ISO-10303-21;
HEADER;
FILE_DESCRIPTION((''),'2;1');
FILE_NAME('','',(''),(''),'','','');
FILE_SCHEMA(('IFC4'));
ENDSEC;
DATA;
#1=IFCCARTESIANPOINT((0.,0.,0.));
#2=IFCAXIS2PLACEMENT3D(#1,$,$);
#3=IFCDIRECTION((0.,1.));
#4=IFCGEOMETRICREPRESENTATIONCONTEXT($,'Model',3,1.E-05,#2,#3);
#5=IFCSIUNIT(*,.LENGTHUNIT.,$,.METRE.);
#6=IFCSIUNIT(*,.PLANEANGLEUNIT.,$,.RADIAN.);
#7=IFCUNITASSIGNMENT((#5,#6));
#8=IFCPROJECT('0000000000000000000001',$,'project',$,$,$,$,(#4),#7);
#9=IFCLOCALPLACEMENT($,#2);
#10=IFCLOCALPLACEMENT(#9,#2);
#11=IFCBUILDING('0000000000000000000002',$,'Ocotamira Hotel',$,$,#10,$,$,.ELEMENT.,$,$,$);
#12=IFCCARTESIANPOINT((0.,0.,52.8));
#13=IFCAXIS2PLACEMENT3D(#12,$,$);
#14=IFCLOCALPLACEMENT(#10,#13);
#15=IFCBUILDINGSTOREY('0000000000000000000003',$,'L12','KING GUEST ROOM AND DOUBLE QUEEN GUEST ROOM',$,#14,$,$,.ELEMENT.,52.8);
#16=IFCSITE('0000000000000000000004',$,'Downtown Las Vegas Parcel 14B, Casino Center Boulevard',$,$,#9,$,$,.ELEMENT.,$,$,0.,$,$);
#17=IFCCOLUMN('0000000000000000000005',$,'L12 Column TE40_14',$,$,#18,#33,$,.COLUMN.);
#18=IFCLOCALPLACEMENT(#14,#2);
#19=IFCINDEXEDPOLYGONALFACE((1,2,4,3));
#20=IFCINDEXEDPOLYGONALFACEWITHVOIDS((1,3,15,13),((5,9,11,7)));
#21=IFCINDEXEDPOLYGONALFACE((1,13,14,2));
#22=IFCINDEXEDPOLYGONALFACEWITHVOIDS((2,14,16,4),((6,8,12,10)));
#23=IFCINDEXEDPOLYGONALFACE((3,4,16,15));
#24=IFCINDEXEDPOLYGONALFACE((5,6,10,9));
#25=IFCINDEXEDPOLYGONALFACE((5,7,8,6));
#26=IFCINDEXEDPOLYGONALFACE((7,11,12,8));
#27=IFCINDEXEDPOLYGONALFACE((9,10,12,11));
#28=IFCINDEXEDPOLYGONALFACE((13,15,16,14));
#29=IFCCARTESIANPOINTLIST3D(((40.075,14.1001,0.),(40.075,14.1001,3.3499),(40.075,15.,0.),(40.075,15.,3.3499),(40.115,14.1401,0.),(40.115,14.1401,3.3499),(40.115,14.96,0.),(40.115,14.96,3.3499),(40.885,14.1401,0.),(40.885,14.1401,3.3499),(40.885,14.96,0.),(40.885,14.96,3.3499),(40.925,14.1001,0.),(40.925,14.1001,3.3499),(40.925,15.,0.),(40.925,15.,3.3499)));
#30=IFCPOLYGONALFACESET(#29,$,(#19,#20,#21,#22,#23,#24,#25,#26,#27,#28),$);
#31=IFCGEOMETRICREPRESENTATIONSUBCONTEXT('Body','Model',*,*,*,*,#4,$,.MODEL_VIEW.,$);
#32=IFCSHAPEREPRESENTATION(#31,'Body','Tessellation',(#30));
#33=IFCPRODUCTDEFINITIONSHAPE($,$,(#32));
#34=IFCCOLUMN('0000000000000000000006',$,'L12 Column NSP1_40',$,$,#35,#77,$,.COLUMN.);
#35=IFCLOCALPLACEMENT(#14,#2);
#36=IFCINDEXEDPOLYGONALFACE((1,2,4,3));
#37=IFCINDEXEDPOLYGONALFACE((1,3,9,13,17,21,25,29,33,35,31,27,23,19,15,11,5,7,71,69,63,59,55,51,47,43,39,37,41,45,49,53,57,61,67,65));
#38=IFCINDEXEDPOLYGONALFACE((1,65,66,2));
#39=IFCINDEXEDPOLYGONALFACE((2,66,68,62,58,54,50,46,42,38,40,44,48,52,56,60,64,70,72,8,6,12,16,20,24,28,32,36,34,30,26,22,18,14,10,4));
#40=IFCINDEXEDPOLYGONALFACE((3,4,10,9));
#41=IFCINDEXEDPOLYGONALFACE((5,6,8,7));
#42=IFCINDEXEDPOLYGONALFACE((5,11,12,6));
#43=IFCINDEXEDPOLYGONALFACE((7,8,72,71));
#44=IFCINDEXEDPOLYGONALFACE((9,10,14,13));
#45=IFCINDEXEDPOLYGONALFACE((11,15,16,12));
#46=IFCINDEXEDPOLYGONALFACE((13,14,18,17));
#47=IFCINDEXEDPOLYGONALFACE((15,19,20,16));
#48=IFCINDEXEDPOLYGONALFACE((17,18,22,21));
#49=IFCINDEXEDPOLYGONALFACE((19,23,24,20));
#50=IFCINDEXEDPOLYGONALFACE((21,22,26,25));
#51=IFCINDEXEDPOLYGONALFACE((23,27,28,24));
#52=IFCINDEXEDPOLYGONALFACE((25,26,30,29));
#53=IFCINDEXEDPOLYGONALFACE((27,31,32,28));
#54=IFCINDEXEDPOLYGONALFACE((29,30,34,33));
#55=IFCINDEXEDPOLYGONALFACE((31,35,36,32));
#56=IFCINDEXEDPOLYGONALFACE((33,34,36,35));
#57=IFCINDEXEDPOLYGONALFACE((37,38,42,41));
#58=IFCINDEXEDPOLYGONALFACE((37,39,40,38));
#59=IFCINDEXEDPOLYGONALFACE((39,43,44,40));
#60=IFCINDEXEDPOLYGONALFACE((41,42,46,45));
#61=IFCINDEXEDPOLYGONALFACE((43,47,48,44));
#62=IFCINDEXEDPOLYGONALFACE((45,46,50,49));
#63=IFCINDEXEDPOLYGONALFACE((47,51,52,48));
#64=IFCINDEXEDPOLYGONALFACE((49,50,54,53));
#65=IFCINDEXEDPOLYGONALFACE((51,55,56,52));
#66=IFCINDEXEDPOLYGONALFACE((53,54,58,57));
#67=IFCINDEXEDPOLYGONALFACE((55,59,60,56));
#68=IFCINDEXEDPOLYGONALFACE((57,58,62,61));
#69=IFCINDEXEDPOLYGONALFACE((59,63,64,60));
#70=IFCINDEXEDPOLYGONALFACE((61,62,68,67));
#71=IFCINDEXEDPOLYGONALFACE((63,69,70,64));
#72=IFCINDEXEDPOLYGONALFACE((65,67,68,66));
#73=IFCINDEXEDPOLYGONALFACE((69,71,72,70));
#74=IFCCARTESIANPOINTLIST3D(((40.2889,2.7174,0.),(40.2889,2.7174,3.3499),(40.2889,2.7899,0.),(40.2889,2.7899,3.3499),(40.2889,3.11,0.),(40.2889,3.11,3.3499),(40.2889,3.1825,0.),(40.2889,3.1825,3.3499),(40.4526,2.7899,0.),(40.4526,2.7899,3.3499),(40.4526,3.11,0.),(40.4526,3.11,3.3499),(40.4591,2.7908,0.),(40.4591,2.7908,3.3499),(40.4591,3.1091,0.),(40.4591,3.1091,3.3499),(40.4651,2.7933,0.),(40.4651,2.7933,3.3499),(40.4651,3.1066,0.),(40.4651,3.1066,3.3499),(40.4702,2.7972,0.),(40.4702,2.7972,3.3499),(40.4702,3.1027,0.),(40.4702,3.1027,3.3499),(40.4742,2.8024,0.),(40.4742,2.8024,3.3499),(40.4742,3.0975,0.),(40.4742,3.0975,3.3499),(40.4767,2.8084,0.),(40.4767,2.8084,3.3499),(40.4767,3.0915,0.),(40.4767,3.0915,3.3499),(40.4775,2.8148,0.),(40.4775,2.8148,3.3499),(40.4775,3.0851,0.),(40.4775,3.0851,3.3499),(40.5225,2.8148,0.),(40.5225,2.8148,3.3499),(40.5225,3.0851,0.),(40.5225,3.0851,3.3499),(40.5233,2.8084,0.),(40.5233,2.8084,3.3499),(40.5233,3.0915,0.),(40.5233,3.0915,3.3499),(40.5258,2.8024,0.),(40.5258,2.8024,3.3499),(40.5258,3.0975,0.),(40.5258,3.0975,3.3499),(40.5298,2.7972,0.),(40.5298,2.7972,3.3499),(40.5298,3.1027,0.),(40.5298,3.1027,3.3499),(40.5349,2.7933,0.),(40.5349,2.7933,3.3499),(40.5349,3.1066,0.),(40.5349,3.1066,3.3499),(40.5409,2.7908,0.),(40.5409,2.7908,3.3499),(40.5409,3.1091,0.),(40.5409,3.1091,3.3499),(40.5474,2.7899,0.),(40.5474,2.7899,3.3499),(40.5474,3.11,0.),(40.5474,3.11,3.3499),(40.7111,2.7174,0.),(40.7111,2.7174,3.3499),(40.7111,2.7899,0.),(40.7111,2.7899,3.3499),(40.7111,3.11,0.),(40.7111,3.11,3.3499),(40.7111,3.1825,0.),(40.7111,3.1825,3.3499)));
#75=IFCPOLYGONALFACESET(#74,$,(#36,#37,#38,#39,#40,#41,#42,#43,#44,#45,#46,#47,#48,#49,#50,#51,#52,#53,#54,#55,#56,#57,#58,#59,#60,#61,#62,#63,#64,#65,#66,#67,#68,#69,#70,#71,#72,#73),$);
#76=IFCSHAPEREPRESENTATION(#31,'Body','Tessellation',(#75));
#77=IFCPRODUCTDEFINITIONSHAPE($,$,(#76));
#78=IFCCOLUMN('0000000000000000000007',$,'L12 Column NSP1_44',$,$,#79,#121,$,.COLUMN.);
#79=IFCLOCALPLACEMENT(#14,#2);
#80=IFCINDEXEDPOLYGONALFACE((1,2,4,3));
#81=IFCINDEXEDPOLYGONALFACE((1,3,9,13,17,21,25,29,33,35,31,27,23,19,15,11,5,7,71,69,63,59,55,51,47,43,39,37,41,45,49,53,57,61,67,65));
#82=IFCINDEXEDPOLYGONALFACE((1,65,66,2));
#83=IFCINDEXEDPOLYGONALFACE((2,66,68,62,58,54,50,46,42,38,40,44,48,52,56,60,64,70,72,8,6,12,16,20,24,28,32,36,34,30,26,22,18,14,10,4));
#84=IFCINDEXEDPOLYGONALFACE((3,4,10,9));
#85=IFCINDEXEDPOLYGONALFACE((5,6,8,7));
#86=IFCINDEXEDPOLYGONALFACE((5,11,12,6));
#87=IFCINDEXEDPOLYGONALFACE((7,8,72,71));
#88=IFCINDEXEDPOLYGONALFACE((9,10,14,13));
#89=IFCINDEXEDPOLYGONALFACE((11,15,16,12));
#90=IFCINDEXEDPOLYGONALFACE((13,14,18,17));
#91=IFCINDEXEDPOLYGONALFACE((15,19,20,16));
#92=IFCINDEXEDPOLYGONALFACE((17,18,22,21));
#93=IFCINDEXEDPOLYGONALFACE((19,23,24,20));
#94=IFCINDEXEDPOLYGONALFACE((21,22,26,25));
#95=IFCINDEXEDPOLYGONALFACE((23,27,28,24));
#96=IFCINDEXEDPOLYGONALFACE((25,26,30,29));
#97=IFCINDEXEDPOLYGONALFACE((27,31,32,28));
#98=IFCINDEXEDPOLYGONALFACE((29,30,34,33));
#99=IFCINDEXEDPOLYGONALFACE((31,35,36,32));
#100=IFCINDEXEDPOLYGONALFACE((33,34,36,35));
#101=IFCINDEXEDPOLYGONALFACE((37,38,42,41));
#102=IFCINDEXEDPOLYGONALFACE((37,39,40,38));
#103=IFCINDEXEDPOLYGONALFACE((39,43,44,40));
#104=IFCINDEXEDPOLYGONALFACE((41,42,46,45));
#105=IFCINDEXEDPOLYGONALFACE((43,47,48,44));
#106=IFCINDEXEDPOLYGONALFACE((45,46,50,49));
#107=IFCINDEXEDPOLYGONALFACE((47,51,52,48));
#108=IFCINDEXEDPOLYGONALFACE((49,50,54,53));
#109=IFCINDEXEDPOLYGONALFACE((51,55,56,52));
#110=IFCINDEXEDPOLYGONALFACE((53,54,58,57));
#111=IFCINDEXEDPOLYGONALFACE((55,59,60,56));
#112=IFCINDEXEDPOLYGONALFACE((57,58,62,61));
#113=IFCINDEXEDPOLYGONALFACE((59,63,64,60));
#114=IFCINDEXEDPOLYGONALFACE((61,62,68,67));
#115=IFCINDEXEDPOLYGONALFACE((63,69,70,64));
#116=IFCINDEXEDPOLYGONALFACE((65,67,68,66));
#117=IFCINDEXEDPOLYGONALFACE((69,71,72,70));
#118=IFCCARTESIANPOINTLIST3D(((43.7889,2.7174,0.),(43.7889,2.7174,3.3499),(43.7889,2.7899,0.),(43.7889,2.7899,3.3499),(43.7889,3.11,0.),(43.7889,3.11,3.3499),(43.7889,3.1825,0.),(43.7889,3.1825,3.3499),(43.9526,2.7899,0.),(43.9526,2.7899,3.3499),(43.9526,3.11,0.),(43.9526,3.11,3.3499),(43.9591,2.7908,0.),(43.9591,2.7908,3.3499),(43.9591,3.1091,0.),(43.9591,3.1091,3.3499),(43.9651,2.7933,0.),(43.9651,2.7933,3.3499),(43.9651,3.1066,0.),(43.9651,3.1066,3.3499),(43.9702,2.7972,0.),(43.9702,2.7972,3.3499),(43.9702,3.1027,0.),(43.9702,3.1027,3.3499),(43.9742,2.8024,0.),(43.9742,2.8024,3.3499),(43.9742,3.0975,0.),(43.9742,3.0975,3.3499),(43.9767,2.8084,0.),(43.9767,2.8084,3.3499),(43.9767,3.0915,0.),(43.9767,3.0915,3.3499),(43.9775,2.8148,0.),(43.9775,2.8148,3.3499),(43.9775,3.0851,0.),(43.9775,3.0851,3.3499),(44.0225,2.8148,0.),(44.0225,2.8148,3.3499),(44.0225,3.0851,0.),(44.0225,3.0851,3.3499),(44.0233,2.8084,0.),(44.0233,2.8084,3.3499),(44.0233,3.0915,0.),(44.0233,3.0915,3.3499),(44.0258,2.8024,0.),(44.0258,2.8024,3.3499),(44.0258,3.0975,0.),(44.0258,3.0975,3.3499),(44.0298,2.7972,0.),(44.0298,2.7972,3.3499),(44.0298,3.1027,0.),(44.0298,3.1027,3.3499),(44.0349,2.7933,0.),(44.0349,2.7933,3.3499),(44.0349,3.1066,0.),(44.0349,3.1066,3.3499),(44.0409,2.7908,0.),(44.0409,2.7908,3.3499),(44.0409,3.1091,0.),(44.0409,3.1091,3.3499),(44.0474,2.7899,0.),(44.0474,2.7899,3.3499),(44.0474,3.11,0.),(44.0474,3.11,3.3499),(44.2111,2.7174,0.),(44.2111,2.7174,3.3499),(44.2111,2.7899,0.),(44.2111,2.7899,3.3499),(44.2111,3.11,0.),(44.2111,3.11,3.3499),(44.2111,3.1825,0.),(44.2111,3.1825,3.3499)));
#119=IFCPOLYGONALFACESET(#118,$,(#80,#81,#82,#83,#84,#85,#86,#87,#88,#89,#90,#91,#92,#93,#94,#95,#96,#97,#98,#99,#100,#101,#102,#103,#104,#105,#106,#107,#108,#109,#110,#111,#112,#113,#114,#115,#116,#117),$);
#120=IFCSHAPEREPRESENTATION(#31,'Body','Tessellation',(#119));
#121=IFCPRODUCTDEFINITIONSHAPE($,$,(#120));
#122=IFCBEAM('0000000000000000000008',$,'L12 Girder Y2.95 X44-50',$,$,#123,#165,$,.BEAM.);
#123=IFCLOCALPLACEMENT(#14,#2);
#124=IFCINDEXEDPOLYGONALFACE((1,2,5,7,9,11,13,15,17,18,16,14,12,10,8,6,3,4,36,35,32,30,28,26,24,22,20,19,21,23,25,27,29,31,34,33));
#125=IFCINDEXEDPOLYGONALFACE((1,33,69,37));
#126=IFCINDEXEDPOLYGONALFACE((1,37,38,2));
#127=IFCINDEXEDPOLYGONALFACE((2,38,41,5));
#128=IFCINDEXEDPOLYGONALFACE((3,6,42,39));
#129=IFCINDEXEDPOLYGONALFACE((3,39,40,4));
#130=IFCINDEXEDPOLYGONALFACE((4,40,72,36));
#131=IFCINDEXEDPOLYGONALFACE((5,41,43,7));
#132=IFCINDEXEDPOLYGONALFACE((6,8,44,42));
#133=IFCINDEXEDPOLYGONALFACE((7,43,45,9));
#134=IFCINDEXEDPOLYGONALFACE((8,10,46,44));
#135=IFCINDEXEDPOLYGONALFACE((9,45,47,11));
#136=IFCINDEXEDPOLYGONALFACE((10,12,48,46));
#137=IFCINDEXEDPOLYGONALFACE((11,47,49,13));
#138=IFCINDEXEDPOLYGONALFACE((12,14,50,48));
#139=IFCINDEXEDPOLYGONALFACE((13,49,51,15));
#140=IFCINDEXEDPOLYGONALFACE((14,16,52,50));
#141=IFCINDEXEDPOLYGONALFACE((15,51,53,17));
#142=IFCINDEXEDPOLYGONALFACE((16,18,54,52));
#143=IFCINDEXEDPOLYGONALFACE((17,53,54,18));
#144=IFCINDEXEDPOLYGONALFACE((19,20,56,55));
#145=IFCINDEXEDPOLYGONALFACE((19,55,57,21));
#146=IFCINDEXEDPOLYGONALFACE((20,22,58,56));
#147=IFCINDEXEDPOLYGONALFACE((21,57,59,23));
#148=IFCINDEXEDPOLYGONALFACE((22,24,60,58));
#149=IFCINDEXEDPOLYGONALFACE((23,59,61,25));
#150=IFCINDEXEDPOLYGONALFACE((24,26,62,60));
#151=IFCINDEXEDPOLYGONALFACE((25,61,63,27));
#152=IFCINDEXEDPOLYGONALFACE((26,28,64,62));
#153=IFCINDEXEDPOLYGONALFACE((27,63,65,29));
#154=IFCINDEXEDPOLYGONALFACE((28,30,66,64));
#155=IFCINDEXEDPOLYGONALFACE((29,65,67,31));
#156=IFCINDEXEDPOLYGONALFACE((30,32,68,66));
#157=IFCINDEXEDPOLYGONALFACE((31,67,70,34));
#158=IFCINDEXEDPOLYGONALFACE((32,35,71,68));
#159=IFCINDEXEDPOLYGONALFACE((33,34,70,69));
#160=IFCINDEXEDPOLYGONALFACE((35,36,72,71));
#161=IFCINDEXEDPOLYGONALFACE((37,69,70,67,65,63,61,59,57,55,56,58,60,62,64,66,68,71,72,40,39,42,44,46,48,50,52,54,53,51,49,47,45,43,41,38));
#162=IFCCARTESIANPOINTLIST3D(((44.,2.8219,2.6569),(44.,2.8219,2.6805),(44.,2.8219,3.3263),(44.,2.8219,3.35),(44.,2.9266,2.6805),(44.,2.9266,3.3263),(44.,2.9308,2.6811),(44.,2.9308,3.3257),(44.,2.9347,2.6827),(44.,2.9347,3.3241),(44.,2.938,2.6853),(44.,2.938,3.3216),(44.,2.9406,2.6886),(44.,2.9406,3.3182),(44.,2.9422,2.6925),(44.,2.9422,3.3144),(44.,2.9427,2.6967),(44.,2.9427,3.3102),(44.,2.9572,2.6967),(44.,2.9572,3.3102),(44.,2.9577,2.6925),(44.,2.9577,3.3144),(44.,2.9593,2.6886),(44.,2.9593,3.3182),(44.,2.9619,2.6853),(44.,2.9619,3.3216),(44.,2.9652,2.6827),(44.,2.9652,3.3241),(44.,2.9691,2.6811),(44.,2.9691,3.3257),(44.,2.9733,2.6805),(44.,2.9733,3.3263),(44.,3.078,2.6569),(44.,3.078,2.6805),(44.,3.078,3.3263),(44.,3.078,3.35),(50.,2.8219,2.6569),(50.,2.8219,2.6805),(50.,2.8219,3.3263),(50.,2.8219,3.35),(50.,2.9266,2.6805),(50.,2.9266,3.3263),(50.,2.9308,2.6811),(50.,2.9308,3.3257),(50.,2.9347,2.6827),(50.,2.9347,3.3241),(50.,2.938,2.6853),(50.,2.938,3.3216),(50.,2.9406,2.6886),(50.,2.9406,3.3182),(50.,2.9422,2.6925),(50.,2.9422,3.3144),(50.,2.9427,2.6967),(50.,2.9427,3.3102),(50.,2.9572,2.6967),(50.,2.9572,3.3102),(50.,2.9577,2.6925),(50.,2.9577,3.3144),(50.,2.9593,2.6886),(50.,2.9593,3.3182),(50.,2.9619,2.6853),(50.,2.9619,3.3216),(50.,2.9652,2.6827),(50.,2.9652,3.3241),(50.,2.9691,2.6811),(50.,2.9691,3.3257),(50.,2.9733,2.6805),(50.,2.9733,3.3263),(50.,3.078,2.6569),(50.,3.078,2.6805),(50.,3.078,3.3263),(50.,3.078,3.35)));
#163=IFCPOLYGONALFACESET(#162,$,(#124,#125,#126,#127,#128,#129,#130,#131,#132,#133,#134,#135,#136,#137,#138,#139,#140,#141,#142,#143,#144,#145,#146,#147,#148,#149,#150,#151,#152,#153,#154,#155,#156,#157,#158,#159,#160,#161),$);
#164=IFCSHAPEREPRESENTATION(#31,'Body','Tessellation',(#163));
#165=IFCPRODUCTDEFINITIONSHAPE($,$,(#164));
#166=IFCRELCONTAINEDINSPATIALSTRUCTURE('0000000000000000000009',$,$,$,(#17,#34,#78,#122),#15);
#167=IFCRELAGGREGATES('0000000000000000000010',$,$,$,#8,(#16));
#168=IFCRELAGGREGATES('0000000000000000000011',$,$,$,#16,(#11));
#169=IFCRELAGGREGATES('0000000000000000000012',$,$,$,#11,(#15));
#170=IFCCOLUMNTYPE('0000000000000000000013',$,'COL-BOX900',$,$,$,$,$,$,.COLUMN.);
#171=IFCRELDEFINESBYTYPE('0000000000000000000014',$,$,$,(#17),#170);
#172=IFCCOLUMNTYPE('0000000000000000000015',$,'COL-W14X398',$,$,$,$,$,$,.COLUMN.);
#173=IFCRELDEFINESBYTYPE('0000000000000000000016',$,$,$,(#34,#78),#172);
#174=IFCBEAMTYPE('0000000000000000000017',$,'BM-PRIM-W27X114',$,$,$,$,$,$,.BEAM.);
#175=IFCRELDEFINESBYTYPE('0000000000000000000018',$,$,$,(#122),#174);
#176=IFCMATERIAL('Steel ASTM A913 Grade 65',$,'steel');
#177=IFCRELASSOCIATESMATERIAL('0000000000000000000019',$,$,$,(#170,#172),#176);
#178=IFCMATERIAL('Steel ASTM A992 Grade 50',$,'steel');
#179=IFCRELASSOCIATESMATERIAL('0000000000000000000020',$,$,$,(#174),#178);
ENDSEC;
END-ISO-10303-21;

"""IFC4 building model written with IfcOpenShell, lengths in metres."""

from ifc_helpers import new_model, si_unit, direction, frame, origin, origin_2d, place, context, subcontext, project, spatial, hollow_rectangle, i_section, extrude, source, transform, mapped, material, material_profile, profile_set, type_object, element, save


model = new_model("IFC4")

# Units and contexts
model_context = context("Model", 3, precision=1e-05, world=origin(), true_north=direction((0.0, 1.0)))
body_context = subcontext(model_context, "Body", "Model", "MODEL_VIEW")
ifc_project = project(units=[si_unit("LENGTHUNIT", "METRE"), si_unit("PLANEANGLEUNIT", "RADIAN")], contexts=[model_context])

# Site, building, storey
site_placement = place(None, origin())
site = spatial("IfcSite", under=ifc_project, at=site_placement, Name="Downtown Las Vegas Parcel 14B, Casino Center Boulevard", CompositionType="ELEMENT", RefElevation=0.0)
building_placement = place(site_placement, origin())
building = spatial("IfcBuilding", under=site, at=building_placement, Name="Ocotamira Hotel", CompositionType="ELEMENT")
storey_placement = place(building_placement, frame((0.0, 0.0, 52.8)))
storey = spatial("IfcBuildingStorey", under=building, at=storey_placement, Name="L12", Description="KING GUEST ROOM AND DOUBLE QUEEN GUEST ROOM", CompositionType="ELEMENT", Elevation=52.8)

# Columns
ifc_material_1 = material(Name="Steel ASTM A913 Grade 65", Category="steel")
ifc_material_profile_1 = material_profile(ifc_material_1, hollow_rectangle(XDim=0.8501, YDim=0.8999, WallThickness=0.04, at=origin_2d()), Name="BOX900X850X40")
ifc_profile_set_1 = profile_set([ifc_material_profile_1], Name="Steel ASTM A913 Grade 65")
column_type_1 = type_object("IfcColumnType", Name="COL-BOX900", PredefinedType="COLUMN", material=ifc_profile_set_1)
shared_shape_1 = source(origin(), body_context, "Body", "SweptSolid", [
    extrude(hollow_rectangle(XDim=0.8501, YDim=0.8999, WallThickness=0.04, at=origin_2d()), origin(), (0.0, 0.0, 1.0), 3.3499),
])
column_placement = place(storey_placement, frame((40.5, 14.55, 0.0), z_axis=(0.0, 0.0, 1.0), x_axis=(1.0, 0.0, 0.0)))
element("IfcColumn", 1, at=column_placement, inside=storey, type_object=column_type_1, Name="L12 Column TE40_14", PredefinedType="COLUMN", context=body_context, shape_type="MappedRepresentation", body=[
    mapped(shared_shape_1, transform((0.0, 0.0, 0.0), scale=1.0)),
])
ifc_material_profile_2 = material_profile(ifc_material_1, i_section(OverallWidth=0.4221, OverallDepth=0.4651, WebThickness=0.0449, FlangeThickness=0.0725, FilletRadius=0.0249, at=origin_2d()), Name="W14X398")
ifc_profile_set_2 = profile_set([ifc_material_profile_2], Name="Steel ASTM A913 Grade 65")
column_type_2 = type_object("IfcColumnType", Name="COL-W14X398", PredefinedType="COLUMN", material=ifc_profile_set_2)
shared_shape_2 = source(origin(), body_context, "Body", "SweptSolid", [
    extrude(i_section(OverallWidth=0.4221, OverallDepth=0.4651, WebThickness=0.0449, FlangeThickness=0.0725, FilletRadius=0.0249, at=origin_2d()), origin(), (0.0, 0.0, 1.0), 3.3499),
])
for number, where, z_axis, x_axis, name in (
    (2, (40.5, 2.95, 0.0), (0.0, 0.0, 1.0), (1.0, 0.0, 0.0), "L12 Column NSP1_40"),
    (3, (44.0, 2.95, 0.0), (0.0, 0.0, 1.0), (1.0, 0.0, 0.0), "L12 Column NSP1_44"),
):
    element("IfcColumn", number, at=place(storey_placement, frame(where, z_axis=z_axis, x_axis=x_axis)), inside=storey, type_object=column_type_2, Name=name, PredefinedType="COLUMN", context=body_context, shape_type="MappedRepresentation", body=[
        mapped(shared_shape_2, transform((0.0, 0.0, 0.0), scale=1.0)),
    ])

# Beam
ifc_material_2 = material(Name="Steel ASTM A992 Grade 50", Category="steel")
ifc_material_profile_3 = material_profile(ifc_material_2, i_section(OverallWidth=0.2561, OverallDepth=0.6931, WebThickness=0.0144, FlangeThickness=0.0237, FilletRadius=0.0161, at=origin_2d()), Name="W27X114")
ifc_profile_set_3 = profile_set([ifc_material_profile_3], Name="Steel ASTM A992 Grade 50")
beam_type_1 = type_object("IfcBeamType", Name="BM-PRIM-W27X114", PredefinedType="BEAM", material=ifc_profile_set_3)
shared_shape_3 = source(origin(), body_context, "Body", "SweptSolid", [
    extrude(i_section(OverallWidth=0.2561, OverallDepth=0.6931, WebThickness=0.0144, FlangeThickness=0.0237, FilletRadius=0.0161, at=origin_2d()), origin(), (0.0, 0.0, 1.0), 6.0),
])
beam_1_placement = place(storey_placement, frame((44.0, 2.95, 3.0034), z_axis=(1.0, 0.0, 0.0), x_axis=(0.0, 1.0, 0.0)))
element("IfcBeam", 4, at=beam_1_placement, inside=storey, type_object=beam_type_1, Name="L12 Girder Y2.95 X44-50", PredefinedType="BEAM", context=body_context, shape_type="MappedRepresentation", body=[
    mapped(shared_shape_3, transform((0.0, 0.0, 0.0), scale=1.0)),
])

save(model, "model.ifc")
